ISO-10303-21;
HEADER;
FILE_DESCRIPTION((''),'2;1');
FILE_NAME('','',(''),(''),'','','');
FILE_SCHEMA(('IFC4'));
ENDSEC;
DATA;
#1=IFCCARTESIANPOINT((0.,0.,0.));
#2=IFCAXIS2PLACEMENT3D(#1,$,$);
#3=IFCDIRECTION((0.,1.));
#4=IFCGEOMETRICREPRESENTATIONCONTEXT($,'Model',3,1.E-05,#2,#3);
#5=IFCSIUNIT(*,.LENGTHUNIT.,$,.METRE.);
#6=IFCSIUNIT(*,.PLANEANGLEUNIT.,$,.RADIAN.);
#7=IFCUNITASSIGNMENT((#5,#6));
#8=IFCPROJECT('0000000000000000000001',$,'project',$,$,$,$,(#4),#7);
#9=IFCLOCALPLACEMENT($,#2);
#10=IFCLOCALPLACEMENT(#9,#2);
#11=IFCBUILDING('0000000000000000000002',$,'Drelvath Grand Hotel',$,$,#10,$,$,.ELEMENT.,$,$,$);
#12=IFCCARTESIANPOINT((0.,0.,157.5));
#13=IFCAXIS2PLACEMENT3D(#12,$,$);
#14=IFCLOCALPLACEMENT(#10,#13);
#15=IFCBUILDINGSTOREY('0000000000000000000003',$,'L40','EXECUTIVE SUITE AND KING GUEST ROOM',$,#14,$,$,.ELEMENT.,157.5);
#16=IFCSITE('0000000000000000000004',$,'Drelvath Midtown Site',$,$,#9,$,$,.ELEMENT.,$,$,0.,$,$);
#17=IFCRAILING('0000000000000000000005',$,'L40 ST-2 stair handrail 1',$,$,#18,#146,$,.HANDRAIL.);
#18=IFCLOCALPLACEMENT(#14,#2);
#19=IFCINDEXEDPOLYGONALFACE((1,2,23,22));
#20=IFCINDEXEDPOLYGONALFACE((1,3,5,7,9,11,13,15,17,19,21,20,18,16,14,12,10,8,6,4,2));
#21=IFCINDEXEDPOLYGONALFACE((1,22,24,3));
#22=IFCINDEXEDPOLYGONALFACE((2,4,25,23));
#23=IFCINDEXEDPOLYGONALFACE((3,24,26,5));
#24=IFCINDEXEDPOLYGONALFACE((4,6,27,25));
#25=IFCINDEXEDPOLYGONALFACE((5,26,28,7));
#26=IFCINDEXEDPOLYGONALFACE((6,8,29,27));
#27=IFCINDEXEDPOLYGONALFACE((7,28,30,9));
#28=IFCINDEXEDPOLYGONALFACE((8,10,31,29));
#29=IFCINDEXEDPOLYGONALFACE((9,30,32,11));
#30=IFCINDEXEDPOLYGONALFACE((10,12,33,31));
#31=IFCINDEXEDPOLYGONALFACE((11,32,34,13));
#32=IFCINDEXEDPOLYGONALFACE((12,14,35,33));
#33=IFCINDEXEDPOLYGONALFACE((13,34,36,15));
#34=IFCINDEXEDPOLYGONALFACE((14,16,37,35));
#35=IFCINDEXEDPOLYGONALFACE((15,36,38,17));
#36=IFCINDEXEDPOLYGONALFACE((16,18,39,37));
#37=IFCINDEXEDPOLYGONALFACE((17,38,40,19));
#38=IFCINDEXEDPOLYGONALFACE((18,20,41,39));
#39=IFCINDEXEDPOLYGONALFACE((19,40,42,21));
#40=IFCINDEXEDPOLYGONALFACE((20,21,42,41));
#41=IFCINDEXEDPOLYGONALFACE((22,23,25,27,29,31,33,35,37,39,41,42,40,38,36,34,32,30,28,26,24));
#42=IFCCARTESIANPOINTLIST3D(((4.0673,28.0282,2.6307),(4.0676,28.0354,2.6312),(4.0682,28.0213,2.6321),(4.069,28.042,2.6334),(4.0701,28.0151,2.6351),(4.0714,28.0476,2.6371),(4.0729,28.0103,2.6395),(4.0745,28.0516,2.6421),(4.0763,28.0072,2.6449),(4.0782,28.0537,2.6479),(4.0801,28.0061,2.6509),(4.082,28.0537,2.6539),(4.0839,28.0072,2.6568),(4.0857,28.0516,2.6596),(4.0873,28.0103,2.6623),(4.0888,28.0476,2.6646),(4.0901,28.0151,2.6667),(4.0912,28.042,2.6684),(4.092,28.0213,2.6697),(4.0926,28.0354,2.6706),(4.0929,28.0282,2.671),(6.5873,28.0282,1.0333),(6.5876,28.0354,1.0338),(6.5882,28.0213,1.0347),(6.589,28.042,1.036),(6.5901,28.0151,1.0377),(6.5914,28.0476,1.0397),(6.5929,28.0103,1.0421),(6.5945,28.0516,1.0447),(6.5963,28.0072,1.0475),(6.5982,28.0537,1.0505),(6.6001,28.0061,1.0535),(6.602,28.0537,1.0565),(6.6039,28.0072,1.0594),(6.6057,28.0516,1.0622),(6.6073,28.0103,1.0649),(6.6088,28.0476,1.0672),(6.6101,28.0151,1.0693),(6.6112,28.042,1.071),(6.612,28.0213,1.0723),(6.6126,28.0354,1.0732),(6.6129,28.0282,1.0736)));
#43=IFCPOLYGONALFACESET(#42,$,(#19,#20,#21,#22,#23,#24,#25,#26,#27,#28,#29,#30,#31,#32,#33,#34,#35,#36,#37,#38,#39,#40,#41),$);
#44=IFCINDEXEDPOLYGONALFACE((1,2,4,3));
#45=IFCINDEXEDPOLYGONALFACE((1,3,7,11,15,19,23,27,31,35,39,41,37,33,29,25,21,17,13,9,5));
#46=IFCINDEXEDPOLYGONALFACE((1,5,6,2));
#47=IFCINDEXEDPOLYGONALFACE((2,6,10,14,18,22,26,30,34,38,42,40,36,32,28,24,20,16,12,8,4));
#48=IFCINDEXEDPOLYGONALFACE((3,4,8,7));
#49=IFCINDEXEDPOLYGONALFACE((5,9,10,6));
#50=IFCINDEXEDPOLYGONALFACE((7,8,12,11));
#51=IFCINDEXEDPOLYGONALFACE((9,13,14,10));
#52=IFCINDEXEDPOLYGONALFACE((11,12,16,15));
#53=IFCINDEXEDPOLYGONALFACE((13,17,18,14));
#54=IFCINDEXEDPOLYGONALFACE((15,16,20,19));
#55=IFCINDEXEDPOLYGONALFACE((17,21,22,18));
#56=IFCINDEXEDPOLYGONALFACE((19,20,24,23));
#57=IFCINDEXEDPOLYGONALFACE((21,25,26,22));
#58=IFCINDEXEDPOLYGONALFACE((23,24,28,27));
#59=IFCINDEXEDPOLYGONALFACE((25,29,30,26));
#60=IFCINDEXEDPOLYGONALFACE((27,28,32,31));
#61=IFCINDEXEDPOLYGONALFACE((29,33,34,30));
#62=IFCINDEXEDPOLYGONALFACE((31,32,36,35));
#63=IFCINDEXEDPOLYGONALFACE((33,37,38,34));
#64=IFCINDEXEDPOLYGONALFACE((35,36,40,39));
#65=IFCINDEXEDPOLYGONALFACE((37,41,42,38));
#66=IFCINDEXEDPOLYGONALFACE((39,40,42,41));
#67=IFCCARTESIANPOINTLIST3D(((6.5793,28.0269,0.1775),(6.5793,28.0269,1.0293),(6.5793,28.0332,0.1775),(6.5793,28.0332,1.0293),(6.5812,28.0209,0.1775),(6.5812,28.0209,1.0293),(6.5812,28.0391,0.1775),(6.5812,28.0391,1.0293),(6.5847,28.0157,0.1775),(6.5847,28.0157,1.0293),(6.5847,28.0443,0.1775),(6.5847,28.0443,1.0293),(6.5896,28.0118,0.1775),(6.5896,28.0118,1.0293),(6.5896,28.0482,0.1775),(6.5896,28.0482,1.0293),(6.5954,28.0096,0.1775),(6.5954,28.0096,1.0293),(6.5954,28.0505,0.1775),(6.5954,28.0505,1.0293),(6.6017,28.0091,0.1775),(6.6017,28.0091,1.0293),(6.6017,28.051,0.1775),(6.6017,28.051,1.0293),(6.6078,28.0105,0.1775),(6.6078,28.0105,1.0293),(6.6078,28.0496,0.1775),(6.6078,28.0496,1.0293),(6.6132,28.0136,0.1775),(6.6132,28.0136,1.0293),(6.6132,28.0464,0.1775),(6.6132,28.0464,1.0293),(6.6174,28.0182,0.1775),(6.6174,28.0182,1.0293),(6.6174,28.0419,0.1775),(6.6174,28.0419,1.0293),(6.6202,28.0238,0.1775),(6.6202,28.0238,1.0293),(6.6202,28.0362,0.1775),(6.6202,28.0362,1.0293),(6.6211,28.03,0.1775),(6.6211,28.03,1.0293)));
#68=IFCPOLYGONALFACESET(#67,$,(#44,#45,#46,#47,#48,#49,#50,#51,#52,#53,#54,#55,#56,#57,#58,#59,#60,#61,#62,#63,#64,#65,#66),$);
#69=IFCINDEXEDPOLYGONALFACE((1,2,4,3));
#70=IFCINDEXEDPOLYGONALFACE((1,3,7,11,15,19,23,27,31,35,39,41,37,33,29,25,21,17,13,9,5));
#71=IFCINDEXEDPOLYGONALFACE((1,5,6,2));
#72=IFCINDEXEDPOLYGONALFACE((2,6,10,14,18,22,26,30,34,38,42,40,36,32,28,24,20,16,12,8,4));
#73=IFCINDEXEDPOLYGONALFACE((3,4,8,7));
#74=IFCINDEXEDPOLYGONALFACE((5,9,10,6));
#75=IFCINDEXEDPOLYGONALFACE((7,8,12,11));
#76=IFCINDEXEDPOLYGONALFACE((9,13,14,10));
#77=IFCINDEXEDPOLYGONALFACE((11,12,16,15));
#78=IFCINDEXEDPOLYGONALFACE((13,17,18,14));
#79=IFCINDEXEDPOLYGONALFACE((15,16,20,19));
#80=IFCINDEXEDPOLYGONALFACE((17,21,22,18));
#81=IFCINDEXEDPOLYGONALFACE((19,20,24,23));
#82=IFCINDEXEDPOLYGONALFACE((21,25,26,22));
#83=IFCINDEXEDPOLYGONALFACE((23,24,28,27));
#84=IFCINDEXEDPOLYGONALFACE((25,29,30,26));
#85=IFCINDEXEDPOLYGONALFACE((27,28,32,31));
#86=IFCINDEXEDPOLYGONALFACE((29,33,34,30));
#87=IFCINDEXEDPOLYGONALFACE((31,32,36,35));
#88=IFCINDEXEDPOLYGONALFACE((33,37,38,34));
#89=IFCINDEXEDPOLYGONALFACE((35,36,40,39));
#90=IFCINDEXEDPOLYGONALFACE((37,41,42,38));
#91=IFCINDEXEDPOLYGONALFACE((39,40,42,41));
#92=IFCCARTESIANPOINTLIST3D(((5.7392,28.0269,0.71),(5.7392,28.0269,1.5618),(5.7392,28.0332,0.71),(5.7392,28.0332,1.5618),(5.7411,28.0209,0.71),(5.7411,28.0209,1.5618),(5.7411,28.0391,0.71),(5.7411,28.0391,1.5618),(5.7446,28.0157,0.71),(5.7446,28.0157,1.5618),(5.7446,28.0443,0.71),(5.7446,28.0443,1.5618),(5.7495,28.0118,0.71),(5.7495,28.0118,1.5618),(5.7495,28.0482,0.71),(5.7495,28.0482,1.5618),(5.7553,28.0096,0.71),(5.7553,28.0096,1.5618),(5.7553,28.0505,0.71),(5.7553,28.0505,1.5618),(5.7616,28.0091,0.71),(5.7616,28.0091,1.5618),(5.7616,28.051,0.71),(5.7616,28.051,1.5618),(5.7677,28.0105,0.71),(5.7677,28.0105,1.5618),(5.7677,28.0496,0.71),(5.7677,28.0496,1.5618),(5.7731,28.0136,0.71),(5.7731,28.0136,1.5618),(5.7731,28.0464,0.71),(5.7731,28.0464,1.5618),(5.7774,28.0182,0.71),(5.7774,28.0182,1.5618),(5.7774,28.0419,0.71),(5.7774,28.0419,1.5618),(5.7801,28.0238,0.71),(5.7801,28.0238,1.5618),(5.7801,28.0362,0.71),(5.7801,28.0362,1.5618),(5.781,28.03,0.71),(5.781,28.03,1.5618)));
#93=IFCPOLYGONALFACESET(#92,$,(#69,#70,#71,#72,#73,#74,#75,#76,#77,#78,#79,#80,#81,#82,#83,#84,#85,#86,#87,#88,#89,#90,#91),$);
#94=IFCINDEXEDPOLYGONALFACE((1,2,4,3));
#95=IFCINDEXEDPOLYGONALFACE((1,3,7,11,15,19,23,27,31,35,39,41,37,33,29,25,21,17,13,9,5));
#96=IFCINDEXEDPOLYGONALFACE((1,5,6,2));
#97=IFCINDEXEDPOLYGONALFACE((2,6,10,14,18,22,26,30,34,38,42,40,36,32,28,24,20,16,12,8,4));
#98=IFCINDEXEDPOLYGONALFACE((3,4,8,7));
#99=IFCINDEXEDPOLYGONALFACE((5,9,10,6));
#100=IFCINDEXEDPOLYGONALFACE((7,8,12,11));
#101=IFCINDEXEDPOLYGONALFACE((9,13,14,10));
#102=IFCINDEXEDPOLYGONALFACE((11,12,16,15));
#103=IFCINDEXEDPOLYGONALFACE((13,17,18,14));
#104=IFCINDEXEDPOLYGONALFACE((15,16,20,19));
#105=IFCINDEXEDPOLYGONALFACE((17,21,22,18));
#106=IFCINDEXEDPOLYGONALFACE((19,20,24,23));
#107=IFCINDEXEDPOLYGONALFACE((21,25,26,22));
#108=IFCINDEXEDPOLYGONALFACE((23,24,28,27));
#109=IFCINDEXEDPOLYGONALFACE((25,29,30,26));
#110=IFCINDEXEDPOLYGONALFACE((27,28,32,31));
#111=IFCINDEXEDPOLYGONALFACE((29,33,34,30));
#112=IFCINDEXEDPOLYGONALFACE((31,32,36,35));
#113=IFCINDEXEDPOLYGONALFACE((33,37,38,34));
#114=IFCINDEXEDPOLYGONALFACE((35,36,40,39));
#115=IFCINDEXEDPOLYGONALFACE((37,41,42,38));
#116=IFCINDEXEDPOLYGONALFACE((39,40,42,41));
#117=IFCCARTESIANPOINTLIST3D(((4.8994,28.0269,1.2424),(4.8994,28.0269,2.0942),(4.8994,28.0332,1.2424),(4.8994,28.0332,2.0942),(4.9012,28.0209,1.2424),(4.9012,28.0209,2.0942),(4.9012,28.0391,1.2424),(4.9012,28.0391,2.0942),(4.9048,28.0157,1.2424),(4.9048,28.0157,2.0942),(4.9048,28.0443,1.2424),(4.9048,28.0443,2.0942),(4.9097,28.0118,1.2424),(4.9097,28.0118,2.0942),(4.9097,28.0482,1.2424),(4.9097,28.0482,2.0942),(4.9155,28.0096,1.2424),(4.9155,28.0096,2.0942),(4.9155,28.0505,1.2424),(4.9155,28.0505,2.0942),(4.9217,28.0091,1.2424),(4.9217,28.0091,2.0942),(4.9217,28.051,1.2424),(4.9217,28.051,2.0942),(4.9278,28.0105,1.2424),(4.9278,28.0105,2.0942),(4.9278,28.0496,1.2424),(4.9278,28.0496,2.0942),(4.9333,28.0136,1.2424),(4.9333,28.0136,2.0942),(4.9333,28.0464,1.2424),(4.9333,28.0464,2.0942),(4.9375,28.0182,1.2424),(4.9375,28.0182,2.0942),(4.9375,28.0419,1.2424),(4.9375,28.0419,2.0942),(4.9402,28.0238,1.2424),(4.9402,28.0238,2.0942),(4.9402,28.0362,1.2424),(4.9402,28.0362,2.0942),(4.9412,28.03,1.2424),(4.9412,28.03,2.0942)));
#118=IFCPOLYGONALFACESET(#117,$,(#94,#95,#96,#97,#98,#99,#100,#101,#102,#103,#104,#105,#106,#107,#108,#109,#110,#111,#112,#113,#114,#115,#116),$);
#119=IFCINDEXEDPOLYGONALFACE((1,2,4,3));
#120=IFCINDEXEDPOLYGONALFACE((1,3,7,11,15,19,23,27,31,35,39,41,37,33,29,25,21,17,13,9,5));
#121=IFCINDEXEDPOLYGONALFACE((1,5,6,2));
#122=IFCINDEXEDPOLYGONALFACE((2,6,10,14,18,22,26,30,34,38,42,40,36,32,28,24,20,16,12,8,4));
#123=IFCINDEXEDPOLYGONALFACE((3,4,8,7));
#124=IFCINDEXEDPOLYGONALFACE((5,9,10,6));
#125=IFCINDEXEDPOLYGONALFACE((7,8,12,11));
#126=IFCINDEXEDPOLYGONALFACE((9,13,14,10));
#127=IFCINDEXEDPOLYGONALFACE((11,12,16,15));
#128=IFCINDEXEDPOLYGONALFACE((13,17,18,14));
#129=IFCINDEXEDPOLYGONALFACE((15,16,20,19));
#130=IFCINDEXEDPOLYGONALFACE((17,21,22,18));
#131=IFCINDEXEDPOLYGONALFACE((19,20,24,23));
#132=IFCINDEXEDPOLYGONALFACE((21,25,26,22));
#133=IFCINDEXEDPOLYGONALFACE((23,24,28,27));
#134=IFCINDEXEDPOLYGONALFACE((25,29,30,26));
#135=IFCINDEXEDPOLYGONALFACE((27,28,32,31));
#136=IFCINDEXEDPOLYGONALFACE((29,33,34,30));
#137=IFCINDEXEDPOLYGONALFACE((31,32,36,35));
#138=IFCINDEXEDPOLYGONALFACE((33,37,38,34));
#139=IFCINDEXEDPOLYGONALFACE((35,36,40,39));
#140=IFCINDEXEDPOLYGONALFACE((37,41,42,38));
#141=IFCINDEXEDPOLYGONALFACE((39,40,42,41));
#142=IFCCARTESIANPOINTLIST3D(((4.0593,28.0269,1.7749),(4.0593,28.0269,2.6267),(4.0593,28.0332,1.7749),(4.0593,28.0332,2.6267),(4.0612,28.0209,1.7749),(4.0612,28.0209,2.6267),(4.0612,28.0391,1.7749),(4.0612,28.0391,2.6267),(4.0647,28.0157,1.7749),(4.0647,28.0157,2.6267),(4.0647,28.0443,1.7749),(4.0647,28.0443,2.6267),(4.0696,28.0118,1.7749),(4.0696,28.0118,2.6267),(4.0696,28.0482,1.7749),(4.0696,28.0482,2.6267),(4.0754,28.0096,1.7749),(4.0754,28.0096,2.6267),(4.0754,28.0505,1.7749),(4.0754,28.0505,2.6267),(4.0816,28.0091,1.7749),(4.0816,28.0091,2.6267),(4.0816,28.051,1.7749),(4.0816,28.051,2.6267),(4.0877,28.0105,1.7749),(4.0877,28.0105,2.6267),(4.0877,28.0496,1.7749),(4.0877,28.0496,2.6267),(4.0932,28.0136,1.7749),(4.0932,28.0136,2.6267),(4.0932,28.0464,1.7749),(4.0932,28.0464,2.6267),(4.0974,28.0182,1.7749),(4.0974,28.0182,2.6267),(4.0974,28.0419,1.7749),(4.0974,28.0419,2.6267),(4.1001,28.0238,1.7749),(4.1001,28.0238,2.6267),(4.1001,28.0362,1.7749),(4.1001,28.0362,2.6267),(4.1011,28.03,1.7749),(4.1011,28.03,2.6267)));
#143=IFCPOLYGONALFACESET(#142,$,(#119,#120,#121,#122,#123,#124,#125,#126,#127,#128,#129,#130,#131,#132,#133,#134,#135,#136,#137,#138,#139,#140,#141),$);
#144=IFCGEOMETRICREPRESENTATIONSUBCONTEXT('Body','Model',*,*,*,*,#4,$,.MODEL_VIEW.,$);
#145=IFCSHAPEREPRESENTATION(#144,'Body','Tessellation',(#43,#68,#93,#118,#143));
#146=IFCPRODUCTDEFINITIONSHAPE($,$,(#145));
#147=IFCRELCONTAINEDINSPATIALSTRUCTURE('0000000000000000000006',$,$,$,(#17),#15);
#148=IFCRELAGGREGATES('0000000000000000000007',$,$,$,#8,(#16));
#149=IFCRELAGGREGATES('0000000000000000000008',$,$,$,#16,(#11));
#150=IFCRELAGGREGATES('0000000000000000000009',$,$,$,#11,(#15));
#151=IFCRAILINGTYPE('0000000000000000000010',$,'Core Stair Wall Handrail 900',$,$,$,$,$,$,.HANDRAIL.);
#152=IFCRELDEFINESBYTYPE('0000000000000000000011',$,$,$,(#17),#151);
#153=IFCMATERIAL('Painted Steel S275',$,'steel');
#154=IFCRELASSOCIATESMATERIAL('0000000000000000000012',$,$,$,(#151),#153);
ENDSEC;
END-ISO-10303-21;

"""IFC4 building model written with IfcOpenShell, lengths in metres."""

from ifc_helpers import new_model, si_unit, direction, frame, origin, origin_2d, place, context, subcontext, project, spatial, circle, extrude, material, type_object, element, save


model = new_model("IFC4")

# Units and contexts
model_context = context("Model", 3, precision=1e-05, world=origin(), true_north=direction((0.0, 1.0)))
body_context = subcontext(model_context, "Body", "Model", "MODEL_VIEW")
ifc_project = project(units=[si_unit("LENGTHUNIT", "METRE"), si_unit("PLANEANGLEUNIT", "RADIAN")], contexts=[model_context])

# Site, building, storey
site_placement = place(None, origin())
site = spatial("IfcSite", under=ifc_project, at=site_placement, Name="Drelvath Midtown Site", CompositionType="ELEMENT", RefElevation=0.0)
building_placement = place(site_placement, origin())
building = spatial("IfcBuilding", under=site, at=building_placement, Name="Drelvath Grand Hotel", CompositionType="ELEMENT")
storey_placement = place(building_placement, frame((0.0, 0.0, 157.5)))
storey = spatial("IfcBuildingStorey", under=building, at=storey_placement, Name="L40", Description="EXECUTIVE SUITE AND KING GUEST ROOM", CompositionType="ELEMENT", Elevation=157.5)

# Shared definitions
ifc_material_1 = material(Name="Painted Steel S275", Category="steel")

# Railing
railing_type = type_object("IfcRailingType", Name="Core Stair Wall Handrail 900", PredefinedType="HANDRAIL", material=ifc_material_1)
railing_placement = place(storey_placement, frame((6.6001, 28.03, 0.1775)))
element("IfcRailing", 1, at=railing_placement, inside=storey, type_object=railing_type, Name="L40 ST-2 stair handrail 1", PredefinedType="HANDRAIL", context=body_context, shape_type="SweptSolid", body=[
    extrude(circle(Radius=0.0239, at=origin_2d()), frame((0.0, 0.0, 0.876), z_axis=(-0.844607, 0.0, 0.535387), x_axis=(0.0, -1.0, 0.0)), (0.0, 0.0, 1.0), 2.9836),
    extrude(circle(Radius=0.021, at=origin_2d()), origin(), (0.0, 0.0, 1.0), 0.8518),
    extrude(circle(Radius=0.021, at=origin_2d()), frame((-0.8401, 0.0, 0.5325)), (0.0, 0.0, 1.0), 0.8518),
    extrude(circle(Radius=0.021, at=origin_2d()), frame((-1.6799, 0.0, 1.0649)), (0.0, 0.0, 1.0), 0.8518),
    extrude(circle(Radius=0.021, at=origin_2d()), frame((-2.52, 0.0, 1.5974)), (0.0, 0.0, 1.0), 0.8518),
])

save(model, "model.ifc")
